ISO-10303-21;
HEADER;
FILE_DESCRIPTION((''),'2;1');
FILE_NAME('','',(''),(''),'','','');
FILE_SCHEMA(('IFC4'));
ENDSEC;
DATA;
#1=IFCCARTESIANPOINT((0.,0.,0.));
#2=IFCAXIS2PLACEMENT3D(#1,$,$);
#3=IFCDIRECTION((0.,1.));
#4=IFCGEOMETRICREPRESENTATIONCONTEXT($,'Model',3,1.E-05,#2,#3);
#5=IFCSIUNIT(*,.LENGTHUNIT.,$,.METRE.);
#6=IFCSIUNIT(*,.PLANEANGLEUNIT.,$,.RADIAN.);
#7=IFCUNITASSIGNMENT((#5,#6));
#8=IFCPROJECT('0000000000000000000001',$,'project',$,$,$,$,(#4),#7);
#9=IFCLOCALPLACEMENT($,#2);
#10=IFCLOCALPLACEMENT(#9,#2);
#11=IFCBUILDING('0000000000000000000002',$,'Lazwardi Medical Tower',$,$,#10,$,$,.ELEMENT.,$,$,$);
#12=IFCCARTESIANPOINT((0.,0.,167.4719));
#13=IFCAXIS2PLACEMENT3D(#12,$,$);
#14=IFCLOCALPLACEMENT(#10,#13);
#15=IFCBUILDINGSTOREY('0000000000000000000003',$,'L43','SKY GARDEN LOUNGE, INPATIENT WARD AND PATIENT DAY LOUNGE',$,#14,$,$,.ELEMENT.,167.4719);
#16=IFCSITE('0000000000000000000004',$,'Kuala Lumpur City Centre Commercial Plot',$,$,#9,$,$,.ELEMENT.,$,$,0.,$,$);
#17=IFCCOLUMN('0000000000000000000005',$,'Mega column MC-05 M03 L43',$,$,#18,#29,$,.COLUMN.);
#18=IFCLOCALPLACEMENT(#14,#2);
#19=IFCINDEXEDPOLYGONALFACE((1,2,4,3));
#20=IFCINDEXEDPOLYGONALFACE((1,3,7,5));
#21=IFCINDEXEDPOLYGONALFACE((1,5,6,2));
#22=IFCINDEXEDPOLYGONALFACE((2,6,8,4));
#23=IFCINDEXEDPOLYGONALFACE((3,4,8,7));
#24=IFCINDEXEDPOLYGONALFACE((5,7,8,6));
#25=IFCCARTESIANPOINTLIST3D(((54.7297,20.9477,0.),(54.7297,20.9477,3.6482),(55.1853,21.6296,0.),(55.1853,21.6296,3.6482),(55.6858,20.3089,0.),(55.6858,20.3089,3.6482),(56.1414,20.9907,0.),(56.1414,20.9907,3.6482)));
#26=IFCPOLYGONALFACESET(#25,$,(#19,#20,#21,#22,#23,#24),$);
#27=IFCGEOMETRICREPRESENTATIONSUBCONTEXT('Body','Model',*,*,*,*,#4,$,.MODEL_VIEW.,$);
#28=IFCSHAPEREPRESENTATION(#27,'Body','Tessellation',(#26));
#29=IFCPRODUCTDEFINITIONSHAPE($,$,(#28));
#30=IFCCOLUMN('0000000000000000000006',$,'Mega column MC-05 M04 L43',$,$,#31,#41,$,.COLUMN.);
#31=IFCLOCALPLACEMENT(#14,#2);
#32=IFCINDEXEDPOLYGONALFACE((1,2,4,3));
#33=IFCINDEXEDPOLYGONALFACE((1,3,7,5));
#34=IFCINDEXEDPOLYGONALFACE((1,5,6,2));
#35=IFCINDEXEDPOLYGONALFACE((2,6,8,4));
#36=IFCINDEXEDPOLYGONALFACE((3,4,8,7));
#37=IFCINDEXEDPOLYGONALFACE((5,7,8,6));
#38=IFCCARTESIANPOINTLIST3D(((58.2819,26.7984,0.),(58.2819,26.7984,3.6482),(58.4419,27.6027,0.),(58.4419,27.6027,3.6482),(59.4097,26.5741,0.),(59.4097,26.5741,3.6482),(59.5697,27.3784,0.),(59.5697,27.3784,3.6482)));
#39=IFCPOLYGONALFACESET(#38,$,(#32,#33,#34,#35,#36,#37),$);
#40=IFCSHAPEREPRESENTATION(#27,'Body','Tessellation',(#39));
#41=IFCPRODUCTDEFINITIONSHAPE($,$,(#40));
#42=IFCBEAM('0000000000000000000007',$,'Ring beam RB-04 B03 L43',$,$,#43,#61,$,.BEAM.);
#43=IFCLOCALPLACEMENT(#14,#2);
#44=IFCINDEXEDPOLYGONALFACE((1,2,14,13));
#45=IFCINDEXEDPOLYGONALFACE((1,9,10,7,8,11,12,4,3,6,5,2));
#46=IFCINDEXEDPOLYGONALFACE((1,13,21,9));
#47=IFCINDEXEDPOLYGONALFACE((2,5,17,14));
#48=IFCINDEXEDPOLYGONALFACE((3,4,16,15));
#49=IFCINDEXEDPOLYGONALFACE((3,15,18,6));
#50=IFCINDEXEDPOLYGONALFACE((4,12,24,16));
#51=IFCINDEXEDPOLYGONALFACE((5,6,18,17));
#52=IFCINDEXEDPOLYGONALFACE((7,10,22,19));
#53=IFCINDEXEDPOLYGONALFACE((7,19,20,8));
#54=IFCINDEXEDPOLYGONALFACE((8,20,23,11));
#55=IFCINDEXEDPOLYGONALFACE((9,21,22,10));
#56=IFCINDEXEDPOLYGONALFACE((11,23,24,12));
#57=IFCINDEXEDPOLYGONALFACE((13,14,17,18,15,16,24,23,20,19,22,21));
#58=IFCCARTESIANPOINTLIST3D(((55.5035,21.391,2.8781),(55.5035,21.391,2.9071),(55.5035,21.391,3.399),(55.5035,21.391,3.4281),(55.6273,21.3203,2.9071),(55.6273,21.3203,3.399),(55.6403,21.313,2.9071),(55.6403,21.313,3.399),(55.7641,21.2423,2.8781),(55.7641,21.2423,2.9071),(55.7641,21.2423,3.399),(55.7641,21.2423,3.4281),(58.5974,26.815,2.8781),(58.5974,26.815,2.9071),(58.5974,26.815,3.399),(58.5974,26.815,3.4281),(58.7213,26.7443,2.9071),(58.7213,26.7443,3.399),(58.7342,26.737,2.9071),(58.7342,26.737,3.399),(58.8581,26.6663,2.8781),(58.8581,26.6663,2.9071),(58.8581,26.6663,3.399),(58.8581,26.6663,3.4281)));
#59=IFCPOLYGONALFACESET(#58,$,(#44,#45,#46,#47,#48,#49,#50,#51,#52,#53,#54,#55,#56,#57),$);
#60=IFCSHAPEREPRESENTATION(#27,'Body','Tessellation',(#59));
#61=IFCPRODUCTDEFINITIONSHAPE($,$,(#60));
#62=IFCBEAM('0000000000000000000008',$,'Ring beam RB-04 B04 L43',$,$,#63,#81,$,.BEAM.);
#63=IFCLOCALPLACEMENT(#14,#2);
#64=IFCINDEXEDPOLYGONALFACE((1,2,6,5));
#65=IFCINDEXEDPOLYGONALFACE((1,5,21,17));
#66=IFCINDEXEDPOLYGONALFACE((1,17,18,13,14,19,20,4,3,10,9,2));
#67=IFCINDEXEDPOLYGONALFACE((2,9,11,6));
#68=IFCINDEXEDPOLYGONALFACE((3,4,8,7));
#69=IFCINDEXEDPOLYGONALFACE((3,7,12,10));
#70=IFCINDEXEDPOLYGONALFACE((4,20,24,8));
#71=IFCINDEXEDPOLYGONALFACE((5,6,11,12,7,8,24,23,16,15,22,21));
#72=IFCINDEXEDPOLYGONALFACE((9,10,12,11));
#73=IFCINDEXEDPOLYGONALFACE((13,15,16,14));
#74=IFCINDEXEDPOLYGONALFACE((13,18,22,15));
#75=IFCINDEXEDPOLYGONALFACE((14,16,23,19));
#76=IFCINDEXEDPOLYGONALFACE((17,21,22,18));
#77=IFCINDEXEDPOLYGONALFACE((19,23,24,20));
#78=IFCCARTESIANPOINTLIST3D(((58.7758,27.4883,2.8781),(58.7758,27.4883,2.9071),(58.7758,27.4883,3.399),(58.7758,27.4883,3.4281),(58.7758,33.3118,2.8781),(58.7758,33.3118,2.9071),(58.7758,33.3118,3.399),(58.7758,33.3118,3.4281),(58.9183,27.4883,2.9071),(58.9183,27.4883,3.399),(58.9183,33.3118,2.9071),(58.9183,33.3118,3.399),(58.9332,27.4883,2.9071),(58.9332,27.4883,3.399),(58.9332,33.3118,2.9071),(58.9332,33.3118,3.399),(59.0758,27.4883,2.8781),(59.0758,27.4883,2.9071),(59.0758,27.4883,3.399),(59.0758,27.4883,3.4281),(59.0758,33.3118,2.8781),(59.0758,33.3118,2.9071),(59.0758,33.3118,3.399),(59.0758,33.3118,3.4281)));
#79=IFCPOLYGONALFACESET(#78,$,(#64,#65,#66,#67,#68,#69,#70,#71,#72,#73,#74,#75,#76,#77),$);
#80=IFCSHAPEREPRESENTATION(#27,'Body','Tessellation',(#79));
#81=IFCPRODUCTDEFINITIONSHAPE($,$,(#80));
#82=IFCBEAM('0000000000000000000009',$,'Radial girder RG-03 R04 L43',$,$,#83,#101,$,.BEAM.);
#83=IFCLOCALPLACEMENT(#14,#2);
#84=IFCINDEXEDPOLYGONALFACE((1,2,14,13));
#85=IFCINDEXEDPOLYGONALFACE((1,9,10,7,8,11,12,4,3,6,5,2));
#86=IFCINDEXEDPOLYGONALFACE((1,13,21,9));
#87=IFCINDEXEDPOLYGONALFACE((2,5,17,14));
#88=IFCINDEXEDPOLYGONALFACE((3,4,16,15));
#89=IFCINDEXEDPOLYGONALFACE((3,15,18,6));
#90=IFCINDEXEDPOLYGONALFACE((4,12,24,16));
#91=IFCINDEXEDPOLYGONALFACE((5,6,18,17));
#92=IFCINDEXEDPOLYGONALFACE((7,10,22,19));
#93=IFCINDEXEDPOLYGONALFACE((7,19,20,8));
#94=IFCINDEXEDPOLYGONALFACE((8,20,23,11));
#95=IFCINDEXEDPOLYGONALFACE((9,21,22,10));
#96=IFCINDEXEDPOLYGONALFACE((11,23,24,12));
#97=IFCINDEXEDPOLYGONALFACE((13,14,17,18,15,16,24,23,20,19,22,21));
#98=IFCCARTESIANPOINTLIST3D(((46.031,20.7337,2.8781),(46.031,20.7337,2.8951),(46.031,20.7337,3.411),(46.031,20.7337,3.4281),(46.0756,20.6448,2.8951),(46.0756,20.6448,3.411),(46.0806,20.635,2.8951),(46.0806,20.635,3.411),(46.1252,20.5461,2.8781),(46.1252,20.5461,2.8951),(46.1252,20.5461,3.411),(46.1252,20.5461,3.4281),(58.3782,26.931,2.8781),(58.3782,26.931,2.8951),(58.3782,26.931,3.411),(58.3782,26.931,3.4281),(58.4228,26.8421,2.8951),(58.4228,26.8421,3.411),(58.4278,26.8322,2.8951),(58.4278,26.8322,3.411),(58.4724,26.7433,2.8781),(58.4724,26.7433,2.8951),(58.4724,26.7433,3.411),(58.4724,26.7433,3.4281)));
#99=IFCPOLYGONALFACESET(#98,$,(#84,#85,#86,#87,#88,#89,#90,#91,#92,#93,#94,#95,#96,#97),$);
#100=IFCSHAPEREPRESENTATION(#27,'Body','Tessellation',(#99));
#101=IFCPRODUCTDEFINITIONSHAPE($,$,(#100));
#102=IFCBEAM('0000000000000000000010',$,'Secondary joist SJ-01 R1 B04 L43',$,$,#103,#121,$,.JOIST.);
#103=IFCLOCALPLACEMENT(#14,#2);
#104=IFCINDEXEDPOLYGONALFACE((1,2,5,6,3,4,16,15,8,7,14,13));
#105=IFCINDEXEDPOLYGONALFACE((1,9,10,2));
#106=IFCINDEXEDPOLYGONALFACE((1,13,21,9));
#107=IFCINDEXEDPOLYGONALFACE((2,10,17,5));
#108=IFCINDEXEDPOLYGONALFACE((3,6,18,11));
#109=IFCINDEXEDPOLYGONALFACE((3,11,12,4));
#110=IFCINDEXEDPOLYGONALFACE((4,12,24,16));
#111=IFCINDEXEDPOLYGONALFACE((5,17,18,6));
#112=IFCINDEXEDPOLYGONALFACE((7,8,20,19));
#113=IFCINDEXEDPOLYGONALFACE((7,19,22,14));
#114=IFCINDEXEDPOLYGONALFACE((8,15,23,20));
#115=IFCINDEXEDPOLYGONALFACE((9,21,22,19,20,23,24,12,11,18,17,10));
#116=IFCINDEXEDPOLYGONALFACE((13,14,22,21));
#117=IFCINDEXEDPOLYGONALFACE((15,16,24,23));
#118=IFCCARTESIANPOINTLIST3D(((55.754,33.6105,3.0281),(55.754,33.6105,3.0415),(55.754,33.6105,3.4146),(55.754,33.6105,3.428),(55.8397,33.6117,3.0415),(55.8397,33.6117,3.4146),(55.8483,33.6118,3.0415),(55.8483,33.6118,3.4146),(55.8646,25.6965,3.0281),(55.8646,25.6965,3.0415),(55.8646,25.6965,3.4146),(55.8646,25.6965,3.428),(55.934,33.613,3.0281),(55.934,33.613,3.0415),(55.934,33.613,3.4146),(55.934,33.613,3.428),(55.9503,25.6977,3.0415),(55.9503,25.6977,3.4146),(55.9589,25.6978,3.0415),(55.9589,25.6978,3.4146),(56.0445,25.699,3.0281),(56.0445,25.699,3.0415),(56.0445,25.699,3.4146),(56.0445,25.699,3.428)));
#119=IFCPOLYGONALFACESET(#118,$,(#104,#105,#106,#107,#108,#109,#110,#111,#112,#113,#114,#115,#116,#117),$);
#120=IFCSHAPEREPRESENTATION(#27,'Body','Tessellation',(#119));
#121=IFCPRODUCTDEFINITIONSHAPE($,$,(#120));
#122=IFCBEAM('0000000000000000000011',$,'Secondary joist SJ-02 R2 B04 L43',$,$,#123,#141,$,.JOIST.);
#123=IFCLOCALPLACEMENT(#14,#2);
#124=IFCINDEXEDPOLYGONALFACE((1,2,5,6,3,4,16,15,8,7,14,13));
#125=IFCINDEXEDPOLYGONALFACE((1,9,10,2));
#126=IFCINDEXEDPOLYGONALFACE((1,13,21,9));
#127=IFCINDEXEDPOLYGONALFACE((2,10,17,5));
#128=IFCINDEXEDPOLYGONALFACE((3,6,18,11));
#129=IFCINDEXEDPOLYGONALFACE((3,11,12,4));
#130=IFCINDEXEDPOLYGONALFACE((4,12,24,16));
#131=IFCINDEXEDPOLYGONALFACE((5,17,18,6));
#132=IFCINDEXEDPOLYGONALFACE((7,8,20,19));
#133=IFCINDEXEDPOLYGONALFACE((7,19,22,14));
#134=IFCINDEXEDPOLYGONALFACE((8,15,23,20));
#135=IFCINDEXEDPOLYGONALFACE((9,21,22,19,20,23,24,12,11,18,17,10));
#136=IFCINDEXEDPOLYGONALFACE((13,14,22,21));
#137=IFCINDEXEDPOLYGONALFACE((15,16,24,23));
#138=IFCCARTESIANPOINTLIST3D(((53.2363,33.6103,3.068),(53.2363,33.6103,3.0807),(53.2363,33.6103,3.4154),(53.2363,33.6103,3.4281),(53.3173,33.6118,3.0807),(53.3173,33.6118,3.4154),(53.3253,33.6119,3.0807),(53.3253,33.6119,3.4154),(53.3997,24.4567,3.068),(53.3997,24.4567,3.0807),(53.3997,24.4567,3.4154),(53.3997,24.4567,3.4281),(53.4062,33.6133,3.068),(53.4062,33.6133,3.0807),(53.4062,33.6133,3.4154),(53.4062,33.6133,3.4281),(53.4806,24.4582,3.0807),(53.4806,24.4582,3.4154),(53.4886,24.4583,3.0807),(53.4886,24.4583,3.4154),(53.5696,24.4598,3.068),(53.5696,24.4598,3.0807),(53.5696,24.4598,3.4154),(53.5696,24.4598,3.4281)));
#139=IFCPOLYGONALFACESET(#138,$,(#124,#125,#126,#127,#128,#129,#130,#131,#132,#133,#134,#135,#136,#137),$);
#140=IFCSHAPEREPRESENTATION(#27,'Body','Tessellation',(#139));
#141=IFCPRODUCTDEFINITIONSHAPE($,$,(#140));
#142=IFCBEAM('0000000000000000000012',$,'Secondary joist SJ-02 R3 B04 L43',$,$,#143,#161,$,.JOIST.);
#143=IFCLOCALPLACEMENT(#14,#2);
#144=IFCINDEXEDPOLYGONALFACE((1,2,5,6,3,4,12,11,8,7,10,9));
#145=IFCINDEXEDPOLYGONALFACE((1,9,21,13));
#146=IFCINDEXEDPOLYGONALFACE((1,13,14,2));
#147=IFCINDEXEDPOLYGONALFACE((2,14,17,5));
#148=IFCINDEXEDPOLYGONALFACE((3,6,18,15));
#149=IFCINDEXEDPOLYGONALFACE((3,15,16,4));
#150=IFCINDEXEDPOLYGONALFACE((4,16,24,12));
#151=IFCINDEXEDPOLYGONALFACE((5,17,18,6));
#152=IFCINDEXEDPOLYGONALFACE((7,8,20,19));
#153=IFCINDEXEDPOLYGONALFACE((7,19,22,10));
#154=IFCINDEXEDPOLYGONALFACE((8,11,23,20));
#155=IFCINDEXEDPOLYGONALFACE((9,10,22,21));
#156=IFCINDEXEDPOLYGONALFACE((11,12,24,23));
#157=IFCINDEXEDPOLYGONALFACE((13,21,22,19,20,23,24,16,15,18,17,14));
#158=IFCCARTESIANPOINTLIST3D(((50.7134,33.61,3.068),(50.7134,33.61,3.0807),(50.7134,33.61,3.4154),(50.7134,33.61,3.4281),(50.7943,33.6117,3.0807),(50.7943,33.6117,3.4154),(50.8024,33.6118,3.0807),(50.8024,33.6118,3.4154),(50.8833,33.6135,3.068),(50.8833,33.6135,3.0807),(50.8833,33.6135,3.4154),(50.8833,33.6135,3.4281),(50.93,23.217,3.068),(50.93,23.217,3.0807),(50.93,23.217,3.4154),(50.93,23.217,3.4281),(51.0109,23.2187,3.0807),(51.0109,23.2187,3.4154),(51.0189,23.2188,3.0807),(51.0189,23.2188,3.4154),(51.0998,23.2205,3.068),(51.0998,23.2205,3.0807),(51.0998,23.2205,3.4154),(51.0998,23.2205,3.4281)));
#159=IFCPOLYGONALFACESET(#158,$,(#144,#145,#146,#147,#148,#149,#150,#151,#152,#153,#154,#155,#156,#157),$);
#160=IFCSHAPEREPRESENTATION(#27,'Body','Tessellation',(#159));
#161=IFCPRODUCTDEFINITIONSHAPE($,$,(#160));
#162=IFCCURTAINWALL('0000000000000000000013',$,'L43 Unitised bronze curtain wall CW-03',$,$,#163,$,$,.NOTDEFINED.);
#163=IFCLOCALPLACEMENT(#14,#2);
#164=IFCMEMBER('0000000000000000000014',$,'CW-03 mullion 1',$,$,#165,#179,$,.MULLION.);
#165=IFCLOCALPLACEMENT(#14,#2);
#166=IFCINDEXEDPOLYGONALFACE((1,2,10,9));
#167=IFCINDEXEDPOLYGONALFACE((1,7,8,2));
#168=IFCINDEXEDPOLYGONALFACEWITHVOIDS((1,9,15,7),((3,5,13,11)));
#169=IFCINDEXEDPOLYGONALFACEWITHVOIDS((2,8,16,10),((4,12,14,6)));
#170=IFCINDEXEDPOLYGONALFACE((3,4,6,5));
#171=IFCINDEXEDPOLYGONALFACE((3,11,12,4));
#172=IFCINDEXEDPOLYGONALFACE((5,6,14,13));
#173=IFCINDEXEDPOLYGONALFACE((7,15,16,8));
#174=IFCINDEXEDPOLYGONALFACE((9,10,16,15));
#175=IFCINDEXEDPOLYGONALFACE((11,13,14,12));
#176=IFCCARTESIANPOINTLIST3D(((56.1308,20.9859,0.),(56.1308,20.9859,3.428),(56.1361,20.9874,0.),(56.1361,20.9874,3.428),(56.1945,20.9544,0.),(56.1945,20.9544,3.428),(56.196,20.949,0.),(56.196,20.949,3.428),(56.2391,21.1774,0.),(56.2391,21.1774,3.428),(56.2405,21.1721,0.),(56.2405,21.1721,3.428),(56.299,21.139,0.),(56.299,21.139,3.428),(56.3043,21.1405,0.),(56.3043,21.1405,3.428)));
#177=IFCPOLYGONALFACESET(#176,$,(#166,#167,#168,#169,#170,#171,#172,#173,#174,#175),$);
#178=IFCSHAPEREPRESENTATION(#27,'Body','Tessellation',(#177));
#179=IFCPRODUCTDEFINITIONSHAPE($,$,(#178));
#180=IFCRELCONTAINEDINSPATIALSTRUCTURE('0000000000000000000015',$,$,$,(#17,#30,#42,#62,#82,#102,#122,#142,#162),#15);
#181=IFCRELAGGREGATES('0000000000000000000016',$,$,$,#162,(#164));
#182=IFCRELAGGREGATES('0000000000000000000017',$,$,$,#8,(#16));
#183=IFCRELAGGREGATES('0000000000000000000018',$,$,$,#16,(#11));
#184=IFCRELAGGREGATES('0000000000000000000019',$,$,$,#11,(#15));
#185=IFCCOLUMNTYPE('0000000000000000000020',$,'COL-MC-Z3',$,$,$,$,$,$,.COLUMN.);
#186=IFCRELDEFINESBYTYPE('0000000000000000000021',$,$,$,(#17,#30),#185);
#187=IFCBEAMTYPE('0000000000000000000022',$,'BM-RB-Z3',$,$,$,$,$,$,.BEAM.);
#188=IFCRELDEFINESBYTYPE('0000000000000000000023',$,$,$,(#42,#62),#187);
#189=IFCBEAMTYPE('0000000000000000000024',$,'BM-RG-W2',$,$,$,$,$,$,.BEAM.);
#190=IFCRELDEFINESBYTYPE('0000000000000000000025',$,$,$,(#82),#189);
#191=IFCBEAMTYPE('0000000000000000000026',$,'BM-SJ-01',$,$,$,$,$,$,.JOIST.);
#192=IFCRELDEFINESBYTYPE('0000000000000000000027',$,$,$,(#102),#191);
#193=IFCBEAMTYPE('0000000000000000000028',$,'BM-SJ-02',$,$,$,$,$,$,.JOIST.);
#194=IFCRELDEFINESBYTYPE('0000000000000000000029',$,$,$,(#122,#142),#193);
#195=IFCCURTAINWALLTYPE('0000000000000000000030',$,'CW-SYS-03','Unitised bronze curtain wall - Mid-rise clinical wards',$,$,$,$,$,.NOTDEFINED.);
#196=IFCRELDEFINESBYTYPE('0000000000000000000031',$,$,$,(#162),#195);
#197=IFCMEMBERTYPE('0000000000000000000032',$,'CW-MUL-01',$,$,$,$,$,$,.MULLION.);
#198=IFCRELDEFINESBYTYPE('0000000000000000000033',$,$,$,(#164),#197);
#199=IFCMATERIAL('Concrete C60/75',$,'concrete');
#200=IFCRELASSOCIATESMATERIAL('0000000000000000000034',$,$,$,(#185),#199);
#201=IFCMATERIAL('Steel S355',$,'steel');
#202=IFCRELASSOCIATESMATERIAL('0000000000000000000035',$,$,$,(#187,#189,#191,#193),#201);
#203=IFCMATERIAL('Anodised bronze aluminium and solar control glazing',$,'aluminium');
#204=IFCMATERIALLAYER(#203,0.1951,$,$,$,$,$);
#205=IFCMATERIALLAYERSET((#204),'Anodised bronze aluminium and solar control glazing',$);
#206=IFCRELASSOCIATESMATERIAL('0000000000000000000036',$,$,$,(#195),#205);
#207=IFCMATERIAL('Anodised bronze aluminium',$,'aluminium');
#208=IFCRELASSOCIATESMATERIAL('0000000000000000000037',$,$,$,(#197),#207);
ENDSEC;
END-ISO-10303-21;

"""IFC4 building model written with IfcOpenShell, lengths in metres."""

from ifc_helpers import new_model, si_unit, direction, frame, origin, origin_2d, place, context, subcontext, project, spatial, rectangle, hollow_rectangle, i_section, extrude, material, layer, layer_set, material_profile, profile_set, type_object, element, aggregate, save


model = new_model("IFC4")

# Units and contexts
model_context = context("Model", 3, precision=1e-05, world=origin(), true_north=direction((0.0, 1.0)))
body_context = subcontext(model_context, "Body", "Model", "MODEL_VIEW")
ifc_project = project(units=[si_unit("LENGTHUNIT", "METRE"), si_unit("PLANEANGLEUNIT", "RADIAN")], contexts=[model_context])

# Site, building, storey
site_placement = place(None, origin())
site = spatial("IfcSite", under=ifc_project, at=site_placement, Name="Kuala Lumpur City Centre Commercial Plot", CompositionType="ELEMENT", RefElevation=0.0)
building_placement = place(site_placement, origin())
building = spatial("IfcBuilding", under=site, at=building_placement, Name="Lazwardi Medical Tower", CompositionType="ELEMENT")
storey_placement = place(building_placement, frame((0.0, 0.0, 167.4719)))
storey = spatial("IfcBuildingStorey", under=building, at=storey_placement, Name="L43", Description="SKY GARDEN LOUNGE, INPATIENT WARD AND PATIENT DAY LOUNGE", CompositionType="ELEMENT", Elevation=167.4719)

# Columns
ifc_material_1 = material(Name="Concrete C60/75", Category="concrete")
ifc_material_profile_1 = material_profile(ifc_material_1, rectangle(XDim=1.1499, YDim=0.8201, at=origin_2d()), Name="CFT-RECT 1150x820")
ifc_profile_set_1 = profile_set([ifc_material_profile_1], Name="Concrete C60/75")
column_type = type_object("IfcColumnType", Name="COL-MC-Z3", PredefinedType="COLUMN", material=ifc_profile_set_1)
for number, where, z_axis, x_axis, name in (
    (1, (55.4355, 20.9692, 0.0), (0.0, 0.0, 1.0), (0.83147, -0.55557, 0.0), "Mega column MC-05 M03 L43"),
    (2, (58.9258, 27.0884, 0.0), (0.0, 0.0, 1.0), (0.980785, -0.19509, 0.0), "Mega column MC-05 M04 L43"),
):
    element("IfcColumn", number, at=place(storey_placement, frame(where, z_axis=z_axis, x_axis=x_axis)), inside=storey, type_object=column_type, Name=name, PredefinedType="COLUMN", context=body_context, shape_type="SweptSolid", body=[
        extrude(rectangle(XDim=1.1499, YDim=0.8201, at=origin_2d()), origin(), (0.0, 0.0, 1.0), 3.6482),
    ])

# Beams
ifc_material_2 = material(Name="Steel S355", Category="steel")
ifc_material_profile_2 = material_profile(ifc_material_2, i_section(OverallWidth=0.3, OverallDepth=0.55, WebThickness=0.0149, FlangeThickness=0.0291, at=origin_2d()), Name="HEB 550")
ifc_profile_set_2 = profile_set([ifc_material_profile_2], Name="Steel S355")
beam_type_1 = type_object("IfcBeamType", Name="BM-RB-Z3", PredefinedType="BEAM", material=ifc_profile_set_2)
beam_1_placement = place(storey_placement, frame((55.6338, 21.3167, 3.1531), z_axis=(0.495478, 0.868621, 0.0), x_axis=(-0.868621, 0.495478, 0.0)))
element("IfcBeam", 3, at=beam_1_placement, inside=storey, type_object=beam_type_1, Name="Ring beam RB-04 B03 L43", PredefinedType="BEAM", context=body_context, shape_type="SweptSolid", body=[
    extrude(i_section(OverallWidth=0.3, OverallDepth=0.55, WebThickness=0.0149, FlangeThickness=0.0291, at=origin_2d()), origin(), (0.0, 0.0, 1.0), 6.2444),
])
beam_2_placement = place(storey_placement, frame((58.9258, 27.4883, 3.1531), z_axis=(0.0, 1.0, 0.0), x_axis=(-1.0, 0.0, 0.0)))
element("IfcBeam", 4, at=beam_2_placement, inside=storey, type_object=beam_type_1, Name="Ring beam RB-04 B04 L43", PredefinedType="BEAM", context=body_context, shape_type="SweptSolid", body=[
    extrude(i_section(OverallWidth=0.3, OverallDepth=0.55, WebThickness=0.0149, FlangeThickness=0.0291, at=origin_2d()), origin(), (0.0, 0.0, 1.0), 5.8235),
])
ifc_material_profile_3 = material_profile(ifc_material_2, i_section(OverallWidth=0.21, OverallDepth=0.55, WebThickness=0.011, FlangeThickness=0.0171, at=origin_2d()), Name="IPE 550")
ifc_profile_set_3 = profile_set([ifc_material_profile_3], Name="Steel S355")
beam_type_2 = type_object("IfcBeamType", Name="BM-RG-W2", PredefinedType="BEAM", material=ifc_profile_set_3)
beam_3_placement = place(storey_placement, frame((58.4253, 26.8372, 3.1531), z_axis=(-0.89374, -0.448584, 0.0), x_axis=(0.448584, -0.89374, 0.0)))
element("IfcBeam", 5, at=beam_3_placement, inside=storey, type_object=beam_type_2, Name="Radial girder RG-03 R04 L43", PredefinedType="BEAM", context=body_context, shape_type="SweptSolid", body=[
    extrude(i_section(OverallWidth=0.21, OverallDepth=0.55, WebThickness=0.011, FlangeThickness=0.0171, at=origin_2d()), origin(), (0.0, 0.0, 1.0), 13.8152),
])
ifc_material_profile_4 = material_profile(ifc_material_2, i_section(OverallWidth=0.1799, OverallDepth=0.3999, WebThickness=0.0085, FlangeThickness=0.0134, at=origin_2d()), Name="IPE 400")
ifc_profile_set_4 = profile_set([ifc_material_profile_4], Name="Steel S355")
beam_type_3 = type_object("IfcBeamType", Name="BM-SJ-01", PredefinedType="JOIST", material=ifc_profile_set_4)
beam_4_placement = place(storey_placement, frame((55.9546, 25.6978, 3.228), z_axis=(-0.013973, 0.999902, 0.0), x_axis=(-0.999902, -0.013973, 0.0)))
element("IfcBeam", 6, at=beam_4_placement, inside=storey, type_object=beam_type_3, Name="Secondary joist SJ-01 R1 B04 L43", PredefinedType="JOIST", context=body_context, shape_type="SweptSolid", body=[
    extrude(i_section(OverallWidth=0.1799, OverallDepth=0.3999, WebThickness=0.0085, FlangeThickness=0.0134, at=origin_2d()), origin(), (0.0, 0.0, 1.0), 7.9148),
])
ifc_material_profile_5 = material_profile(ifc_material_2, i_section(OverallWidth=0.1699, OverallDepth=0.3601, WebThickness=0.0081, FlangeThickness=0.0127, at=origin_2d()), Name="IPE 360")
ifc_profile_set_5 = profile_set([ifc_material_profile_5], Name="Steel S355")
beam_type_4 = type_object("IfcBeamType", Name="BM-SJ-02", PredefinedType="JOIST", material=ifc_profile_set_5)
beam_5_placement = place(storey_placement, frame((53.4846, 24.4583, 3.248), z_axis=(-0.01784, 0.999841, 0.0), x_axis=(-0.999841, -0.01784, 0.0)))
element("IfcBeam", 7, at=beam_5_placement, inside=storey, type_object=beam_type_4, Name="Secondary joist SJ-02 R2 B04 L43", PredefinedType="JOIST", context=body_context, shape_type="SweptSolid", body=[
    extrude(i_section(OverallWidth=0.1699, OverallDepth=0.3601, WebThickness=0.0081, FlangeThickness=0.0127, at=origin_2d()), origin(), (0.0, 0.0, 1.0), 9.155),
])
beam_6_placement = place(storey_placement, frame((51.0149, 23.2188, 3.248), z_axis=(-0.020832, 0.999783, 0.0), x_axis=(-0.999783, -0.020832, 0.0)))
element("IfcBeam", 8, at=beam_6_placement, inside=storey, type_object=beam_type_4, Name="Secondary joist SJ-02 R3 B04 L43", PredefinedType="JOIST", context=body_context, shape_type="SweptSolid", body=[
    extrude(i_section(OverallWidth=0.1699, OverallDepth=0.3601, WebThickness=0.0081, FlangeThickness=0.0127, at=origin_2d()), origin(), (0.0, 0.0, 1.0), 10.3953),
])

# Curtain wall, member
ifc_material_3 = material(Name="Anodised bronze aluminium and solar control glazing", Category="aluminium")
ifc_layer_1 = layer(ifc_material_3, 0.1951)
ifc_layer_set_1 = layer_set([ifc_layer_1], Name="Anodised bronze aluminium and solar control glazing")
curtain_wall_type = type_object("IfcCurtainWallType", Name="CW-SYS-03", Description="Unitised bronze curtain wall - Mid-rise clinical wards", PredefinedType="NOTDEFINED", material=ifc_layer_set_1)
curtain_wall_1_placement = place(storey_placement, origin())
curtain_wall_1 = element("IfcCurtainWall", 9, at=curtain_wall_1_placement, inside=storey, type_object=curtain_wall_type, Name="L43 Unitised bronze curtain wall CW-03", PredefinedType="NOTDEFINED")
ifc_material_4 = material(Name="Anodised bronze aluminium", Category="aluminium")
ifc_material_profile_6 = material_profile(ifc_material_4, hollow_rectangle(XDim=0.075, YDim=0.22, WallThickness=0.0039, at=origin_2d()), Name="ALU-MULLION 220x75x4")
ifc_profile_set_6 = profile_set([ifc_material_profile_6], Name="Anodised bronze aluminium")
member_type_1 = type_object("IfcMemberType", Name="CW-MUL-01", PredefinedType="MULLION", material=ifc_profile_set_6)
member_1_placement = place(storey_placement, frame((56.2175, 21.0632, 0.0), z_axis=(0.0, 0.0, 1.0), x_axis=(-0.870419, 0.492312, 0.0)))
member_1 = element("IfcMember", 10, at=member_1_placement, type_object=member_type_1, Name="CW-03 mullion 1", PredefinedType="MULLION", context=body_context, shape_type="SweptSolid", body=[
    extrude(hollow_rectangle(XDim=0.075, YDim=0.22, WallThickness=0.0039, at=origin_2d()), origin(), (0.0, 0.0, 1.0), 3.428),
])

aggregate(curtain_wall_1, [member_1])

save(model, "model.ifc")
